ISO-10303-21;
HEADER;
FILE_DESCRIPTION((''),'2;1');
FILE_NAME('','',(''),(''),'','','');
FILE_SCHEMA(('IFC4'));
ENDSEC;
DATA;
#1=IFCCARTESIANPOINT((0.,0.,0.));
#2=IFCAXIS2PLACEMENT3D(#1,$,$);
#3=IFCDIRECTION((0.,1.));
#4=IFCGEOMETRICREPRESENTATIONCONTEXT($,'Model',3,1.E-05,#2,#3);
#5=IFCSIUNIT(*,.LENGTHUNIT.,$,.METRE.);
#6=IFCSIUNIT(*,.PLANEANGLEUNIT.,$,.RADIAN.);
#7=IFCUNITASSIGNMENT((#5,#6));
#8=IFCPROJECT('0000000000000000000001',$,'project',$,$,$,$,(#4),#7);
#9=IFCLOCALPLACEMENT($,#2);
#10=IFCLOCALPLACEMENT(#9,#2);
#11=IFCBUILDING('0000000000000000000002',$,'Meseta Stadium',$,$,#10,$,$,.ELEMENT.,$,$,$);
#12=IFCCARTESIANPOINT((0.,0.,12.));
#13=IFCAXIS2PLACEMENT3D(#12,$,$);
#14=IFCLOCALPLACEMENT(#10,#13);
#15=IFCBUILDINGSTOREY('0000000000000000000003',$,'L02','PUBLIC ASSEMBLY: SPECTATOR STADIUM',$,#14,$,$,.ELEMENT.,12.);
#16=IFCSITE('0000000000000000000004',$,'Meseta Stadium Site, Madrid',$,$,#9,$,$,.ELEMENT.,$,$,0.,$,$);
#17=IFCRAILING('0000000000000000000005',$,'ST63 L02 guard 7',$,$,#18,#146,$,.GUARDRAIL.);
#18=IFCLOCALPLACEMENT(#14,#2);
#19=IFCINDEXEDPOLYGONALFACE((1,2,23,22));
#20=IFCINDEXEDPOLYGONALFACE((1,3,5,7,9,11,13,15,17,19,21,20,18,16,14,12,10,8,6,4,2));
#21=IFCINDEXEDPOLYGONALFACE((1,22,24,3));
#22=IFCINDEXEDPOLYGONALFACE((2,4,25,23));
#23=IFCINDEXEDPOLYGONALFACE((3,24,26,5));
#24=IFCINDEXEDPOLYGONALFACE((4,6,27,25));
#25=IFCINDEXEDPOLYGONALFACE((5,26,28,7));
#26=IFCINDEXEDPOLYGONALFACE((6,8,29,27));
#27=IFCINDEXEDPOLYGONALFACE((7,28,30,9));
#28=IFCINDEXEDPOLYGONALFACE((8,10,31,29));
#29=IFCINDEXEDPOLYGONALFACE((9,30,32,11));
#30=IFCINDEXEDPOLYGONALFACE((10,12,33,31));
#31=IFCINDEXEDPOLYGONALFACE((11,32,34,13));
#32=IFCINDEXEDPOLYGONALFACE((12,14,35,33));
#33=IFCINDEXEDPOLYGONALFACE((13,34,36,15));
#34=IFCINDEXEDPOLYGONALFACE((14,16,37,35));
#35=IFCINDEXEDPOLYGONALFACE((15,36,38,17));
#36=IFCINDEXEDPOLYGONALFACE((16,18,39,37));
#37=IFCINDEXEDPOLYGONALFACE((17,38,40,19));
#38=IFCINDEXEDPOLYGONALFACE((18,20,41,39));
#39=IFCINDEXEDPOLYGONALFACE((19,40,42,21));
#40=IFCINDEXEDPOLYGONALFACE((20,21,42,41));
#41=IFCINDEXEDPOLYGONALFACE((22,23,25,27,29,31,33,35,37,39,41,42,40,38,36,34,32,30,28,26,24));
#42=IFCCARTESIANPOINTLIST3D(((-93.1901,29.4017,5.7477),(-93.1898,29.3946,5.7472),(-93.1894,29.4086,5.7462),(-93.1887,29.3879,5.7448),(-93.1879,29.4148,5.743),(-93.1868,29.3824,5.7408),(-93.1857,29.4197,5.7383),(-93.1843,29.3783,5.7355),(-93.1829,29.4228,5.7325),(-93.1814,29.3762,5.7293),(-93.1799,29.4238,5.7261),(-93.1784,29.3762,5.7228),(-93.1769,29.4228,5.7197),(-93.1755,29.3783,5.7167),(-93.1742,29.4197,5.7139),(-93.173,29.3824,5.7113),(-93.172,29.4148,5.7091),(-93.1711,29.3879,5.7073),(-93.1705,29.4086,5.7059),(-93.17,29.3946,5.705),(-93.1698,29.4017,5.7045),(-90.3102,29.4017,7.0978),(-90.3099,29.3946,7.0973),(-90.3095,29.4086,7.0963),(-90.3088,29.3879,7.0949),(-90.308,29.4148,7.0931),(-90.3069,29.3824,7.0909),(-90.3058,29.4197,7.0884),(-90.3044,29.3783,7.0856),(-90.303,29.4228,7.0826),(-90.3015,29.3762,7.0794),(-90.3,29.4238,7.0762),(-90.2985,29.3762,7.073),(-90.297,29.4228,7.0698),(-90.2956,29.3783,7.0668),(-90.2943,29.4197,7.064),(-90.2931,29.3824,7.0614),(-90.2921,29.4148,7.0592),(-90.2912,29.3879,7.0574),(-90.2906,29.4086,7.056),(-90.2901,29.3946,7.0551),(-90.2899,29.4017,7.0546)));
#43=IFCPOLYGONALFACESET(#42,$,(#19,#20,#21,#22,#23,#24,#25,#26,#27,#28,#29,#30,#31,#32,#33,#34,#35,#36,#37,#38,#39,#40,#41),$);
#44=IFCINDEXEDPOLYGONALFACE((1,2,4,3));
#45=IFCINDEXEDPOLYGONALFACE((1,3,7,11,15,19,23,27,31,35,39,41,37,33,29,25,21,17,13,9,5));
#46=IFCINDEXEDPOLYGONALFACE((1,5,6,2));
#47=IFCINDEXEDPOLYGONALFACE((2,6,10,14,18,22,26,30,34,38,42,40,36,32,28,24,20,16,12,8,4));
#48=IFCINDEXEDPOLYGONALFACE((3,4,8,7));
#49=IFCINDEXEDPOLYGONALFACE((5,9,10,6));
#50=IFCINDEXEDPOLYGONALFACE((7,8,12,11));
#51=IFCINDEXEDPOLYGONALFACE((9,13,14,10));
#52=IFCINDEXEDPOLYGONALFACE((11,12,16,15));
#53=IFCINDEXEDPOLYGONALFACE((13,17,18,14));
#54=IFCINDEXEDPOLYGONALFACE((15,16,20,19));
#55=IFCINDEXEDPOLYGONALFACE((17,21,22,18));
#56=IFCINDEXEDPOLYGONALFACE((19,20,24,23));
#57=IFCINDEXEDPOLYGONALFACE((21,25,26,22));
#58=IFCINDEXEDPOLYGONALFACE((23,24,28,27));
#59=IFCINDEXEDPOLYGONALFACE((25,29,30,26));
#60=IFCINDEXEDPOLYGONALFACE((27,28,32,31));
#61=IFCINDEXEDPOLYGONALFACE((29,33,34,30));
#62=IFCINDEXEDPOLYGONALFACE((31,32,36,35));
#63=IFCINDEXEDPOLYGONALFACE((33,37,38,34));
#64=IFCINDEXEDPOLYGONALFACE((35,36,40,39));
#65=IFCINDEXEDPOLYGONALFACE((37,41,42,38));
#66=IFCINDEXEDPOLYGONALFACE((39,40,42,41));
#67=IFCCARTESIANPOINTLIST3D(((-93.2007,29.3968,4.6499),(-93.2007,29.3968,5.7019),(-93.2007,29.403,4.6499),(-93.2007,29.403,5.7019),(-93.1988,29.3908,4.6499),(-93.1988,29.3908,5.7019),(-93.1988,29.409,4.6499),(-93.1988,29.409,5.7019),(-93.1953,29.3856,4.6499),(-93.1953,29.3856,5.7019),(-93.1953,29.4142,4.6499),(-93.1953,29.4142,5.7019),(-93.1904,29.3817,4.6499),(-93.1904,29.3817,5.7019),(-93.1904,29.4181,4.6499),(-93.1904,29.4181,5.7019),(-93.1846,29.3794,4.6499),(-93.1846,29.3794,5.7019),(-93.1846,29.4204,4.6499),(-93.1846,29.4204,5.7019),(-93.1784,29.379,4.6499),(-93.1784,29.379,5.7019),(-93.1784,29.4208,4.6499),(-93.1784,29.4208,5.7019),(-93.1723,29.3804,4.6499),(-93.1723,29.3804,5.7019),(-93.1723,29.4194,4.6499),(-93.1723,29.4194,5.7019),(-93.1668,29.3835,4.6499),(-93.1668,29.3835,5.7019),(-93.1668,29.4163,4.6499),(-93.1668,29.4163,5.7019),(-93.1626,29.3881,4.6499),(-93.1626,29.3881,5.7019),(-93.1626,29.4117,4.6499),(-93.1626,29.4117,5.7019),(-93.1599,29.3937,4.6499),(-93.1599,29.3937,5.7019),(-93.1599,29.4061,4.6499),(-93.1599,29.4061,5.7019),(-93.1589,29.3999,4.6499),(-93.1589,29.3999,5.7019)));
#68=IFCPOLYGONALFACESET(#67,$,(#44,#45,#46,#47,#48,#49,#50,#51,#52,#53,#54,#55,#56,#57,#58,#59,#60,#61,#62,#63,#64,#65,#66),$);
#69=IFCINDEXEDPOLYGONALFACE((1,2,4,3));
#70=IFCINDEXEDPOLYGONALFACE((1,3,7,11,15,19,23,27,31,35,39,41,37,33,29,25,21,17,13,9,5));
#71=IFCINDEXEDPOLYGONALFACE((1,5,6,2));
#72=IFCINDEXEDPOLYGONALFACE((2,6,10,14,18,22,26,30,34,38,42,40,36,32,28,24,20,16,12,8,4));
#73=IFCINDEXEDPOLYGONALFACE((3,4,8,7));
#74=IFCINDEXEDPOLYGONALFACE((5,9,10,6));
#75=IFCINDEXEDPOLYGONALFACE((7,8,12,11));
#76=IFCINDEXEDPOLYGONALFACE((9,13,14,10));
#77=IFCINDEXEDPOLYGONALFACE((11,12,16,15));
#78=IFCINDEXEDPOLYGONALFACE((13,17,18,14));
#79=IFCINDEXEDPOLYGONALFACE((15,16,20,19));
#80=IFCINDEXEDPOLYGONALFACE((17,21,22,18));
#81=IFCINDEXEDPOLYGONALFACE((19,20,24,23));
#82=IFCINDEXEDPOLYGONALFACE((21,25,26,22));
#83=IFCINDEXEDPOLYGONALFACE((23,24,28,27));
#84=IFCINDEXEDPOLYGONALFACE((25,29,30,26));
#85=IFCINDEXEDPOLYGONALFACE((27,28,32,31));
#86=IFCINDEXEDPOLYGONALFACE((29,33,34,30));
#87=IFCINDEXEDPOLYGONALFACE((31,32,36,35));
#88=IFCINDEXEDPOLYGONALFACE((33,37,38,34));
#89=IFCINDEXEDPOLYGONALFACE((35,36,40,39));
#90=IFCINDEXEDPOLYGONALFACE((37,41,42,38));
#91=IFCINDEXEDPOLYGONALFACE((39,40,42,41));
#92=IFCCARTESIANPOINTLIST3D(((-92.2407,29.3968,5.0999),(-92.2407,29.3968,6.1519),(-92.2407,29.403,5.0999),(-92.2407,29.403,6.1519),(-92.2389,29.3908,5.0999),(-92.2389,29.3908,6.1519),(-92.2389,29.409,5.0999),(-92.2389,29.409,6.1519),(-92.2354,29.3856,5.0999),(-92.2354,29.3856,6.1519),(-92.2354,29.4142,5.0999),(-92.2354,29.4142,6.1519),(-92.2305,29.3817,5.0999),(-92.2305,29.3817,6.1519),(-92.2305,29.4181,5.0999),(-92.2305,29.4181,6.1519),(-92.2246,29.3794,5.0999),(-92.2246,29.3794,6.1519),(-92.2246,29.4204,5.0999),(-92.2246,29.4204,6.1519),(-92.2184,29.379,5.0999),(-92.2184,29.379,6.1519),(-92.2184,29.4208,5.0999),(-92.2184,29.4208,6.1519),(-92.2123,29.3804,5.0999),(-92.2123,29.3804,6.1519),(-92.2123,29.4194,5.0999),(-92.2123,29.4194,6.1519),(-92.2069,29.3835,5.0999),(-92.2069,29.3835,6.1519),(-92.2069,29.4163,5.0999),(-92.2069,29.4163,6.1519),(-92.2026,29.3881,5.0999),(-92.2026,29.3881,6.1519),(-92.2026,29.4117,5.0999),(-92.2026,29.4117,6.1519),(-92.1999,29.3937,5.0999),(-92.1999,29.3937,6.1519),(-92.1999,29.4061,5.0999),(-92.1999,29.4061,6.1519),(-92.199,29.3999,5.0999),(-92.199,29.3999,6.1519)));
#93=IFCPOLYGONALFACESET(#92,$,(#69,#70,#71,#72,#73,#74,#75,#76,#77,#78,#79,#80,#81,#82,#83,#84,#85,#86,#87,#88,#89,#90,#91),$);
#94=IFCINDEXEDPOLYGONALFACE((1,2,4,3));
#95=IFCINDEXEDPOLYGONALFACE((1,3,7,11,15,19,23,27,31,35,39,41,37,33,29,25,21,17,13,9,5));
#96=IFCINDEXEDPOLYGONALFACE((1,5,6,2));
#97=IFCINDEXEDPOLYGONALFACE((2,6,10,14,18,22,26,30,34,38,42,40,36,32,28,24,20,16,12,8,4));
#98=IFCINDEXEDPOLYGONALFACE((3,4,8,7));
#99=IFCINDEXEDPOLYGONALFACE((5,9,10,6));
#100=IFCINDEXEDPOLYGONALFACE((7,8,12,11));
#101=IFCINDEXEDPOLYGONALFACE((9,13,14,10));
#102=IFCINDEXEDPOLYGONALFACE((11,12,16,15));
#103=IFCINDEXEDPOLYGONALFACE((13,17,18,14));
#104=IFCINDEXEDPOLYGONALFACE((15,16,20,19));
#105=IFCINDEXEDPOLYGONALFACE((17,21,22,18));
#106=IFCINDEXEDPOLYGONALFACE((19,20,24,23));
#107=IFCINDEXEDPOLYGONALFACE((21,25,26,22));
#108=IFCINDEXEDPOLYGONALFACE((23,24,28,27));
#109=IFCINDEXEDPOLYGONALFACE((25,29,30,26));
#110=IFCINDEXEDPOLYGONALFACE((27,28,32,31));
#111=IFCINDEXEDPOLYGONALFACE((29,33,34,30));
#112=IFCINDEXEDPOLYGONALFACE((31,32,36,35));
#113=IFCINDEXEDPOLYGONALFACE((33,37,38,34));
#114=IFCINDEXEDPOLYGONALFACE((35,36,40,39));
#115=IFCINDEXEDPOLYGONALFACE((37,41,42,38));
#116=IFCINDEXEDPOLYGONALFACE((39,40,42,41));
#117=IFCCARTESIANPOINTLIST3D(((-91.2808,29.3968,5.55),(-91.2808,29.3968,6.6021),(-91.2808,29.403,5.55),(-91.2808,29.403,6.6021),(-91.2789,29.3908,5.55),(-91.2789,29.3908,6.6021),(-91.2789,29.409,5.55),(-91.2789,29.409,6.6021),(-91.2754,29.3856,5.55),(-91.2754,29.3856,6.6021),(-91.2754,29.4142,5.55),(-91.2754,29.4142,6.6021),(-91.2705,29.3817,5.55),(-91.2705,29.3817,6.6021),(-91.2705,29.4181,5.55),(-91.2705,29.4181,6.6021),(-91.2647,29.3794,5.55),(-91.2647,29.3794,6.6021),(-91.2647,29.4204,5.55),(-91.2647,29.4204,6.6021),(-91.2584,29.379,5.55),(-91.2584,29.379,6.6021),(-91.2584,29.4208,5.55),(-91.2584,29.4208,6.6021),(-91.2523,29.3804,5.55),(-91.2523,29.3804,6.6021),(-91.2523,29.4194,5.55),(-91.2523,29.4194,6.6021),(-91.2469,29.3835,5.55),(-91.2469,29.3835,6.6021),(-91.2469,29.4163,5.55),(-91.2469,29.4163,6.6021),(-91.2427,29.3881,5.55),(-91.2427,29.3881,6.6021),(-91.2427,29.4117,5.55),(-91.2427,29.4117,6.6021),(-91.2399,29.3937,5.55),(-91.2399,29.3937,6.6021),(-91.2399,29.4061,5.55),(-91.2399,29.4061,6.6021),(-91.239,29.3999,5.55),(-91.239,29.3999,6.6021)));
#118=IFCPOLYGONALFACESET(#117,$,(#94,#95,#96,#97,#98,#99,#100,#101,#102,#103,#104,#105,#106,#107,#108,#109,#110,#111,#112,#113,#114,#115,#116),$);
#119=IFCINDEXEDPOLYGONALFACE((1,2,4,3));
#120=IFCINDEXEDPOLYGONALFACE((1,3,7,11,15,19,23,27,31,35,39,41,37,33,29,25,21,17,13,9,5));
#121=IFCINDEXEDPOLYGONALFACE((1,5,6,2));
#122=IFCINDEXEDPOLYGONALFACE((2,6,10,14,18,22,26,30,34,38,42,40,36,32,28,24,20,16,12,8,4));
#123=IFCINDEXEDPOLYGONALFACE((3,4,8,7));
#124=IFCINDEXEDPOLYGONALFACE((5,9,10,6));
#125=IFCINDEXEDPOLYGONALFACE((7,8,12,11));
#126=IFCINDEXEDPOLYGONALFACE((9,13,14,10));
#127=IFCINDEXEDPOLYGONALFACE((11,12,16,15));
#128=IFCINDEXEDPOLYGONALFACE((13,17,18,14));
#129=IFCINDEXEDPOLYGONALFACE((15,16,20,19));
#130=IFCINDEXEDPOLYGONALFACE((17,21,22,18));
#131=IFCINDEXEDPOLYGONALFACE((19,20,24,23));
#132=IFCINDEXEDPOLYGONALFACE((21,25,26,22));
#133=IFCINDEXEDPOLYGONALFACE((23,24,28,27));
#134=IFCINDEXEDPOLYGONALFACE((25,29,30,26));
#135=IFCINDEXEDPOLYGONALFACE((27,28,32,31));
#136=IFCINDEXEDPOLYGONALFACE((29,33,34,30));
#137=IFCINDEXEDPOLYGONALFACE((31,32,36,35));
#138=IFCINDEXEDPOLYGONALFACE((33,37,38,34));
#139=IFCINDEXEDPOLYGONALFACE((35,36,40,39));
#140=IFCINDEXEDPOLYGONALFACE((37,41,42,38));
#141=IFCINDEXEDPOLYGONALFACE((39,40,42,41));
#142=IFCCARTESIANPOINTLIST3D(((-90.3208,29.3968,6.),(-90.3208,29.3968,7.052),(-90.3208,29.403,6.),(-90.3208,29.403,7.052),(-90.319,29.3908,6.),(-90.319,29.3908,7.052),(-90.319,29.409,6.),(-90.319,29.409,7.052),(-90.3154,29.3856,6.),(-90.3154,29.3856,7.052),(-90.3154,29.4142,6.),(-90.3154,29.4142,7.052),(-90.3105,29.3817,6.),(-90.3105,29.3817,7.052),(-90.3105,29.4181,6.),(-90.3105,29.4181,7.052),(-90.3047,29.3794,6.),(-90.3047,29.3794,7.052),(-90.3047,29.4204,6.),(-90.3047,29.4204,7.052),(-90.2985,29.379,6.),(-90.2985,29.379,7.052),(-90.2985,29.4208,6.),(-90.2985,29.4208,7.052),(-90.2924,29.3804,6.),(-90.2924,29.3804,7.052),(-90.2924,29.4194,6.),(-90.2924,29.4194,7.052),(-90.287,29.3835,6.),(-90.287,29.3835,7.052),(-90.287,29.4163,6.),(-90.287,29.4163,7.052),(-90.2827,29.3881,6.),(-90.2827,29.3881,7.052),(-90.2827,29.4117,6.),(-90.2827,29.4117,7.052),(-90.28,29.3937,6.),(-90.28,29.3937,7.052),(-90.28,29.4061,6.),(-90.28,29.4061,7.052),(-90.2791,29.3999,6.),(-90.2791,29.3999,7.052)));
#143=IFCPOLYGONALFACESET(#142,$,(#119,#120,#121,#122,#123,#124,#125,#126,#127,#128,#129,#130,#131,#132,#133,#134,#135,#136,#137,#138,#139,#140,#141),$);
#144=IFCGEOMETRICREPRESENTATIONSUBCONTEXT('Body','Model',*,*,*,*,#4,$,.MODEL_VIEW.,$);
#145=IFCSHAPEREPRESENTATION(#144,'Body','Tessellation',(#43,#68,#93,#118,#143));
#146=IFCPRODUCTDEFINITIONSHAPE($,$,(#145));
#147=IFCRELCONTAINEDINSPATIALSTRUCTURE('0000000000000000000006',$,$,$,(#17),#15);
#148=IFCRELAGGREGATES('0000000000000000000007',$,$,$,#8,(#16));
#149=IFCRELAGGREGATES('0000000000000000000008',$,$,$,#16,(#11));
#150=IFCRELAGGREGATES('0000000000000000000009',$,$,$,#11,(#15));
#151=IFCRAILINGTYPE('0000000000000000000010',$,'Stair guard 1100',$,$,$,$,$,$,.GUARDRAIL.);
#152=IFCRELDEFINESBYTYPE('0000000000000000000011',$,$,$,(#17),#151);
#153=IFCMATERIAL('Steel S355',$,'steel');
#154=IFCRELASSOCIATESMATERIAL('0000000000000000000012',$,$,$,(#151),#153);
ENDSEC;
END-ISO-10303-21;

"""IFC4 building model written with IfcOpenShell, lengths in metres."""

from ifc_helpers import new_model, si_unit, direction, frame, origin, origin_2d, place, context, subcontext, project, spatial, circle, extrude, material, type_object, element, save


model = new_model("IFC4")

# Units and contexts
model_context = context("Model", 3, precision=1e-05, world=origin(), true_north=direction((0.0, 1.0)))
body_context = subcontext(model_context, "Body", "Model", "MODEL_VIEW")
ifc_project = project(units=[si_unit("LENGTHUNIT", "METRE"), si_unit("PLANEANGLEUNIT", "RADIAN")], contexts=[model_context])

# Site, building, storey
site_placement = place(None, origin())
site = spatial("IfcSite", under=ifc_project, at=site_placement, Name="Meseta Stadium Site, Madrid", CompositionType="ELEMENT", RefElevation=0.0)
building_placement = place(site_placement, origin())
building = spatial("IfcBuilding", under=site, at=building_placement, Name="Meseta Stadium", CompositionType="ELEMENT")
storey_placement = place(building_placement, frame((0.0, 0.0, 12.0)))
storey = spatial("IfcBuildingStorey", under=building, at=storey_placement, Name="L02", Description="PUBLIC ASSEMBLY: SPECTATOR STADIUM", CompositionType="ELEMENT", Elevation=12.0)

# Railing
ifc_material_1 = material(Name="Steel S355", Category="steel")
railing_type_1 = type_object("IfcRailingType", Name="Stair guard 1100", PredefinedType="GUARDRAIL", material=ifc_material_1)
railing_1_placement = place(storey_placement, frame((-93.1799, 29.3999, 4.6499)))
element("IfcRailing", 1, at=railing_1_placement, inside=storey, type_object=railing_type_1, Name="ST63 L02 guard 7", PredefinedType="GUARDRAIL", context=body_context, shape_type="SweptSolid", body=[
    extrude(circle(Radius=0.0239, at=origin_2d()), frame((0.0, 0.0, 1.0762), z_axis=(0.90544, 0.0, 0.424473), x_axis=(0.0, 1.0, 0.0)), (0.0, 0.0, 1.0), 3.1807),
    extrude(circle(Radius=0.021, at=origin_2d()), origin(), (0.0, 0.0, 1.0), 1.052),
    extrude(circle(Radius=0.021, at=origin_2d()), frame((0.96, 0.0, 0.45)), (0.0, 0.0, 1.0), 1.052),
    extrude(circle(Radius=0.021, at=origin_2d()), frame((1.9199, 0.0, 0.9001)), (0.0, 0.0, 1.0), 1.052),
    extrude(circle(Radius=0.021, at=origin_2d()), frame((2.8799, 0.0, 1.3501)), (0.0, 0.0, 1.0), 1.052),
])

save(model, "model.ifc")
